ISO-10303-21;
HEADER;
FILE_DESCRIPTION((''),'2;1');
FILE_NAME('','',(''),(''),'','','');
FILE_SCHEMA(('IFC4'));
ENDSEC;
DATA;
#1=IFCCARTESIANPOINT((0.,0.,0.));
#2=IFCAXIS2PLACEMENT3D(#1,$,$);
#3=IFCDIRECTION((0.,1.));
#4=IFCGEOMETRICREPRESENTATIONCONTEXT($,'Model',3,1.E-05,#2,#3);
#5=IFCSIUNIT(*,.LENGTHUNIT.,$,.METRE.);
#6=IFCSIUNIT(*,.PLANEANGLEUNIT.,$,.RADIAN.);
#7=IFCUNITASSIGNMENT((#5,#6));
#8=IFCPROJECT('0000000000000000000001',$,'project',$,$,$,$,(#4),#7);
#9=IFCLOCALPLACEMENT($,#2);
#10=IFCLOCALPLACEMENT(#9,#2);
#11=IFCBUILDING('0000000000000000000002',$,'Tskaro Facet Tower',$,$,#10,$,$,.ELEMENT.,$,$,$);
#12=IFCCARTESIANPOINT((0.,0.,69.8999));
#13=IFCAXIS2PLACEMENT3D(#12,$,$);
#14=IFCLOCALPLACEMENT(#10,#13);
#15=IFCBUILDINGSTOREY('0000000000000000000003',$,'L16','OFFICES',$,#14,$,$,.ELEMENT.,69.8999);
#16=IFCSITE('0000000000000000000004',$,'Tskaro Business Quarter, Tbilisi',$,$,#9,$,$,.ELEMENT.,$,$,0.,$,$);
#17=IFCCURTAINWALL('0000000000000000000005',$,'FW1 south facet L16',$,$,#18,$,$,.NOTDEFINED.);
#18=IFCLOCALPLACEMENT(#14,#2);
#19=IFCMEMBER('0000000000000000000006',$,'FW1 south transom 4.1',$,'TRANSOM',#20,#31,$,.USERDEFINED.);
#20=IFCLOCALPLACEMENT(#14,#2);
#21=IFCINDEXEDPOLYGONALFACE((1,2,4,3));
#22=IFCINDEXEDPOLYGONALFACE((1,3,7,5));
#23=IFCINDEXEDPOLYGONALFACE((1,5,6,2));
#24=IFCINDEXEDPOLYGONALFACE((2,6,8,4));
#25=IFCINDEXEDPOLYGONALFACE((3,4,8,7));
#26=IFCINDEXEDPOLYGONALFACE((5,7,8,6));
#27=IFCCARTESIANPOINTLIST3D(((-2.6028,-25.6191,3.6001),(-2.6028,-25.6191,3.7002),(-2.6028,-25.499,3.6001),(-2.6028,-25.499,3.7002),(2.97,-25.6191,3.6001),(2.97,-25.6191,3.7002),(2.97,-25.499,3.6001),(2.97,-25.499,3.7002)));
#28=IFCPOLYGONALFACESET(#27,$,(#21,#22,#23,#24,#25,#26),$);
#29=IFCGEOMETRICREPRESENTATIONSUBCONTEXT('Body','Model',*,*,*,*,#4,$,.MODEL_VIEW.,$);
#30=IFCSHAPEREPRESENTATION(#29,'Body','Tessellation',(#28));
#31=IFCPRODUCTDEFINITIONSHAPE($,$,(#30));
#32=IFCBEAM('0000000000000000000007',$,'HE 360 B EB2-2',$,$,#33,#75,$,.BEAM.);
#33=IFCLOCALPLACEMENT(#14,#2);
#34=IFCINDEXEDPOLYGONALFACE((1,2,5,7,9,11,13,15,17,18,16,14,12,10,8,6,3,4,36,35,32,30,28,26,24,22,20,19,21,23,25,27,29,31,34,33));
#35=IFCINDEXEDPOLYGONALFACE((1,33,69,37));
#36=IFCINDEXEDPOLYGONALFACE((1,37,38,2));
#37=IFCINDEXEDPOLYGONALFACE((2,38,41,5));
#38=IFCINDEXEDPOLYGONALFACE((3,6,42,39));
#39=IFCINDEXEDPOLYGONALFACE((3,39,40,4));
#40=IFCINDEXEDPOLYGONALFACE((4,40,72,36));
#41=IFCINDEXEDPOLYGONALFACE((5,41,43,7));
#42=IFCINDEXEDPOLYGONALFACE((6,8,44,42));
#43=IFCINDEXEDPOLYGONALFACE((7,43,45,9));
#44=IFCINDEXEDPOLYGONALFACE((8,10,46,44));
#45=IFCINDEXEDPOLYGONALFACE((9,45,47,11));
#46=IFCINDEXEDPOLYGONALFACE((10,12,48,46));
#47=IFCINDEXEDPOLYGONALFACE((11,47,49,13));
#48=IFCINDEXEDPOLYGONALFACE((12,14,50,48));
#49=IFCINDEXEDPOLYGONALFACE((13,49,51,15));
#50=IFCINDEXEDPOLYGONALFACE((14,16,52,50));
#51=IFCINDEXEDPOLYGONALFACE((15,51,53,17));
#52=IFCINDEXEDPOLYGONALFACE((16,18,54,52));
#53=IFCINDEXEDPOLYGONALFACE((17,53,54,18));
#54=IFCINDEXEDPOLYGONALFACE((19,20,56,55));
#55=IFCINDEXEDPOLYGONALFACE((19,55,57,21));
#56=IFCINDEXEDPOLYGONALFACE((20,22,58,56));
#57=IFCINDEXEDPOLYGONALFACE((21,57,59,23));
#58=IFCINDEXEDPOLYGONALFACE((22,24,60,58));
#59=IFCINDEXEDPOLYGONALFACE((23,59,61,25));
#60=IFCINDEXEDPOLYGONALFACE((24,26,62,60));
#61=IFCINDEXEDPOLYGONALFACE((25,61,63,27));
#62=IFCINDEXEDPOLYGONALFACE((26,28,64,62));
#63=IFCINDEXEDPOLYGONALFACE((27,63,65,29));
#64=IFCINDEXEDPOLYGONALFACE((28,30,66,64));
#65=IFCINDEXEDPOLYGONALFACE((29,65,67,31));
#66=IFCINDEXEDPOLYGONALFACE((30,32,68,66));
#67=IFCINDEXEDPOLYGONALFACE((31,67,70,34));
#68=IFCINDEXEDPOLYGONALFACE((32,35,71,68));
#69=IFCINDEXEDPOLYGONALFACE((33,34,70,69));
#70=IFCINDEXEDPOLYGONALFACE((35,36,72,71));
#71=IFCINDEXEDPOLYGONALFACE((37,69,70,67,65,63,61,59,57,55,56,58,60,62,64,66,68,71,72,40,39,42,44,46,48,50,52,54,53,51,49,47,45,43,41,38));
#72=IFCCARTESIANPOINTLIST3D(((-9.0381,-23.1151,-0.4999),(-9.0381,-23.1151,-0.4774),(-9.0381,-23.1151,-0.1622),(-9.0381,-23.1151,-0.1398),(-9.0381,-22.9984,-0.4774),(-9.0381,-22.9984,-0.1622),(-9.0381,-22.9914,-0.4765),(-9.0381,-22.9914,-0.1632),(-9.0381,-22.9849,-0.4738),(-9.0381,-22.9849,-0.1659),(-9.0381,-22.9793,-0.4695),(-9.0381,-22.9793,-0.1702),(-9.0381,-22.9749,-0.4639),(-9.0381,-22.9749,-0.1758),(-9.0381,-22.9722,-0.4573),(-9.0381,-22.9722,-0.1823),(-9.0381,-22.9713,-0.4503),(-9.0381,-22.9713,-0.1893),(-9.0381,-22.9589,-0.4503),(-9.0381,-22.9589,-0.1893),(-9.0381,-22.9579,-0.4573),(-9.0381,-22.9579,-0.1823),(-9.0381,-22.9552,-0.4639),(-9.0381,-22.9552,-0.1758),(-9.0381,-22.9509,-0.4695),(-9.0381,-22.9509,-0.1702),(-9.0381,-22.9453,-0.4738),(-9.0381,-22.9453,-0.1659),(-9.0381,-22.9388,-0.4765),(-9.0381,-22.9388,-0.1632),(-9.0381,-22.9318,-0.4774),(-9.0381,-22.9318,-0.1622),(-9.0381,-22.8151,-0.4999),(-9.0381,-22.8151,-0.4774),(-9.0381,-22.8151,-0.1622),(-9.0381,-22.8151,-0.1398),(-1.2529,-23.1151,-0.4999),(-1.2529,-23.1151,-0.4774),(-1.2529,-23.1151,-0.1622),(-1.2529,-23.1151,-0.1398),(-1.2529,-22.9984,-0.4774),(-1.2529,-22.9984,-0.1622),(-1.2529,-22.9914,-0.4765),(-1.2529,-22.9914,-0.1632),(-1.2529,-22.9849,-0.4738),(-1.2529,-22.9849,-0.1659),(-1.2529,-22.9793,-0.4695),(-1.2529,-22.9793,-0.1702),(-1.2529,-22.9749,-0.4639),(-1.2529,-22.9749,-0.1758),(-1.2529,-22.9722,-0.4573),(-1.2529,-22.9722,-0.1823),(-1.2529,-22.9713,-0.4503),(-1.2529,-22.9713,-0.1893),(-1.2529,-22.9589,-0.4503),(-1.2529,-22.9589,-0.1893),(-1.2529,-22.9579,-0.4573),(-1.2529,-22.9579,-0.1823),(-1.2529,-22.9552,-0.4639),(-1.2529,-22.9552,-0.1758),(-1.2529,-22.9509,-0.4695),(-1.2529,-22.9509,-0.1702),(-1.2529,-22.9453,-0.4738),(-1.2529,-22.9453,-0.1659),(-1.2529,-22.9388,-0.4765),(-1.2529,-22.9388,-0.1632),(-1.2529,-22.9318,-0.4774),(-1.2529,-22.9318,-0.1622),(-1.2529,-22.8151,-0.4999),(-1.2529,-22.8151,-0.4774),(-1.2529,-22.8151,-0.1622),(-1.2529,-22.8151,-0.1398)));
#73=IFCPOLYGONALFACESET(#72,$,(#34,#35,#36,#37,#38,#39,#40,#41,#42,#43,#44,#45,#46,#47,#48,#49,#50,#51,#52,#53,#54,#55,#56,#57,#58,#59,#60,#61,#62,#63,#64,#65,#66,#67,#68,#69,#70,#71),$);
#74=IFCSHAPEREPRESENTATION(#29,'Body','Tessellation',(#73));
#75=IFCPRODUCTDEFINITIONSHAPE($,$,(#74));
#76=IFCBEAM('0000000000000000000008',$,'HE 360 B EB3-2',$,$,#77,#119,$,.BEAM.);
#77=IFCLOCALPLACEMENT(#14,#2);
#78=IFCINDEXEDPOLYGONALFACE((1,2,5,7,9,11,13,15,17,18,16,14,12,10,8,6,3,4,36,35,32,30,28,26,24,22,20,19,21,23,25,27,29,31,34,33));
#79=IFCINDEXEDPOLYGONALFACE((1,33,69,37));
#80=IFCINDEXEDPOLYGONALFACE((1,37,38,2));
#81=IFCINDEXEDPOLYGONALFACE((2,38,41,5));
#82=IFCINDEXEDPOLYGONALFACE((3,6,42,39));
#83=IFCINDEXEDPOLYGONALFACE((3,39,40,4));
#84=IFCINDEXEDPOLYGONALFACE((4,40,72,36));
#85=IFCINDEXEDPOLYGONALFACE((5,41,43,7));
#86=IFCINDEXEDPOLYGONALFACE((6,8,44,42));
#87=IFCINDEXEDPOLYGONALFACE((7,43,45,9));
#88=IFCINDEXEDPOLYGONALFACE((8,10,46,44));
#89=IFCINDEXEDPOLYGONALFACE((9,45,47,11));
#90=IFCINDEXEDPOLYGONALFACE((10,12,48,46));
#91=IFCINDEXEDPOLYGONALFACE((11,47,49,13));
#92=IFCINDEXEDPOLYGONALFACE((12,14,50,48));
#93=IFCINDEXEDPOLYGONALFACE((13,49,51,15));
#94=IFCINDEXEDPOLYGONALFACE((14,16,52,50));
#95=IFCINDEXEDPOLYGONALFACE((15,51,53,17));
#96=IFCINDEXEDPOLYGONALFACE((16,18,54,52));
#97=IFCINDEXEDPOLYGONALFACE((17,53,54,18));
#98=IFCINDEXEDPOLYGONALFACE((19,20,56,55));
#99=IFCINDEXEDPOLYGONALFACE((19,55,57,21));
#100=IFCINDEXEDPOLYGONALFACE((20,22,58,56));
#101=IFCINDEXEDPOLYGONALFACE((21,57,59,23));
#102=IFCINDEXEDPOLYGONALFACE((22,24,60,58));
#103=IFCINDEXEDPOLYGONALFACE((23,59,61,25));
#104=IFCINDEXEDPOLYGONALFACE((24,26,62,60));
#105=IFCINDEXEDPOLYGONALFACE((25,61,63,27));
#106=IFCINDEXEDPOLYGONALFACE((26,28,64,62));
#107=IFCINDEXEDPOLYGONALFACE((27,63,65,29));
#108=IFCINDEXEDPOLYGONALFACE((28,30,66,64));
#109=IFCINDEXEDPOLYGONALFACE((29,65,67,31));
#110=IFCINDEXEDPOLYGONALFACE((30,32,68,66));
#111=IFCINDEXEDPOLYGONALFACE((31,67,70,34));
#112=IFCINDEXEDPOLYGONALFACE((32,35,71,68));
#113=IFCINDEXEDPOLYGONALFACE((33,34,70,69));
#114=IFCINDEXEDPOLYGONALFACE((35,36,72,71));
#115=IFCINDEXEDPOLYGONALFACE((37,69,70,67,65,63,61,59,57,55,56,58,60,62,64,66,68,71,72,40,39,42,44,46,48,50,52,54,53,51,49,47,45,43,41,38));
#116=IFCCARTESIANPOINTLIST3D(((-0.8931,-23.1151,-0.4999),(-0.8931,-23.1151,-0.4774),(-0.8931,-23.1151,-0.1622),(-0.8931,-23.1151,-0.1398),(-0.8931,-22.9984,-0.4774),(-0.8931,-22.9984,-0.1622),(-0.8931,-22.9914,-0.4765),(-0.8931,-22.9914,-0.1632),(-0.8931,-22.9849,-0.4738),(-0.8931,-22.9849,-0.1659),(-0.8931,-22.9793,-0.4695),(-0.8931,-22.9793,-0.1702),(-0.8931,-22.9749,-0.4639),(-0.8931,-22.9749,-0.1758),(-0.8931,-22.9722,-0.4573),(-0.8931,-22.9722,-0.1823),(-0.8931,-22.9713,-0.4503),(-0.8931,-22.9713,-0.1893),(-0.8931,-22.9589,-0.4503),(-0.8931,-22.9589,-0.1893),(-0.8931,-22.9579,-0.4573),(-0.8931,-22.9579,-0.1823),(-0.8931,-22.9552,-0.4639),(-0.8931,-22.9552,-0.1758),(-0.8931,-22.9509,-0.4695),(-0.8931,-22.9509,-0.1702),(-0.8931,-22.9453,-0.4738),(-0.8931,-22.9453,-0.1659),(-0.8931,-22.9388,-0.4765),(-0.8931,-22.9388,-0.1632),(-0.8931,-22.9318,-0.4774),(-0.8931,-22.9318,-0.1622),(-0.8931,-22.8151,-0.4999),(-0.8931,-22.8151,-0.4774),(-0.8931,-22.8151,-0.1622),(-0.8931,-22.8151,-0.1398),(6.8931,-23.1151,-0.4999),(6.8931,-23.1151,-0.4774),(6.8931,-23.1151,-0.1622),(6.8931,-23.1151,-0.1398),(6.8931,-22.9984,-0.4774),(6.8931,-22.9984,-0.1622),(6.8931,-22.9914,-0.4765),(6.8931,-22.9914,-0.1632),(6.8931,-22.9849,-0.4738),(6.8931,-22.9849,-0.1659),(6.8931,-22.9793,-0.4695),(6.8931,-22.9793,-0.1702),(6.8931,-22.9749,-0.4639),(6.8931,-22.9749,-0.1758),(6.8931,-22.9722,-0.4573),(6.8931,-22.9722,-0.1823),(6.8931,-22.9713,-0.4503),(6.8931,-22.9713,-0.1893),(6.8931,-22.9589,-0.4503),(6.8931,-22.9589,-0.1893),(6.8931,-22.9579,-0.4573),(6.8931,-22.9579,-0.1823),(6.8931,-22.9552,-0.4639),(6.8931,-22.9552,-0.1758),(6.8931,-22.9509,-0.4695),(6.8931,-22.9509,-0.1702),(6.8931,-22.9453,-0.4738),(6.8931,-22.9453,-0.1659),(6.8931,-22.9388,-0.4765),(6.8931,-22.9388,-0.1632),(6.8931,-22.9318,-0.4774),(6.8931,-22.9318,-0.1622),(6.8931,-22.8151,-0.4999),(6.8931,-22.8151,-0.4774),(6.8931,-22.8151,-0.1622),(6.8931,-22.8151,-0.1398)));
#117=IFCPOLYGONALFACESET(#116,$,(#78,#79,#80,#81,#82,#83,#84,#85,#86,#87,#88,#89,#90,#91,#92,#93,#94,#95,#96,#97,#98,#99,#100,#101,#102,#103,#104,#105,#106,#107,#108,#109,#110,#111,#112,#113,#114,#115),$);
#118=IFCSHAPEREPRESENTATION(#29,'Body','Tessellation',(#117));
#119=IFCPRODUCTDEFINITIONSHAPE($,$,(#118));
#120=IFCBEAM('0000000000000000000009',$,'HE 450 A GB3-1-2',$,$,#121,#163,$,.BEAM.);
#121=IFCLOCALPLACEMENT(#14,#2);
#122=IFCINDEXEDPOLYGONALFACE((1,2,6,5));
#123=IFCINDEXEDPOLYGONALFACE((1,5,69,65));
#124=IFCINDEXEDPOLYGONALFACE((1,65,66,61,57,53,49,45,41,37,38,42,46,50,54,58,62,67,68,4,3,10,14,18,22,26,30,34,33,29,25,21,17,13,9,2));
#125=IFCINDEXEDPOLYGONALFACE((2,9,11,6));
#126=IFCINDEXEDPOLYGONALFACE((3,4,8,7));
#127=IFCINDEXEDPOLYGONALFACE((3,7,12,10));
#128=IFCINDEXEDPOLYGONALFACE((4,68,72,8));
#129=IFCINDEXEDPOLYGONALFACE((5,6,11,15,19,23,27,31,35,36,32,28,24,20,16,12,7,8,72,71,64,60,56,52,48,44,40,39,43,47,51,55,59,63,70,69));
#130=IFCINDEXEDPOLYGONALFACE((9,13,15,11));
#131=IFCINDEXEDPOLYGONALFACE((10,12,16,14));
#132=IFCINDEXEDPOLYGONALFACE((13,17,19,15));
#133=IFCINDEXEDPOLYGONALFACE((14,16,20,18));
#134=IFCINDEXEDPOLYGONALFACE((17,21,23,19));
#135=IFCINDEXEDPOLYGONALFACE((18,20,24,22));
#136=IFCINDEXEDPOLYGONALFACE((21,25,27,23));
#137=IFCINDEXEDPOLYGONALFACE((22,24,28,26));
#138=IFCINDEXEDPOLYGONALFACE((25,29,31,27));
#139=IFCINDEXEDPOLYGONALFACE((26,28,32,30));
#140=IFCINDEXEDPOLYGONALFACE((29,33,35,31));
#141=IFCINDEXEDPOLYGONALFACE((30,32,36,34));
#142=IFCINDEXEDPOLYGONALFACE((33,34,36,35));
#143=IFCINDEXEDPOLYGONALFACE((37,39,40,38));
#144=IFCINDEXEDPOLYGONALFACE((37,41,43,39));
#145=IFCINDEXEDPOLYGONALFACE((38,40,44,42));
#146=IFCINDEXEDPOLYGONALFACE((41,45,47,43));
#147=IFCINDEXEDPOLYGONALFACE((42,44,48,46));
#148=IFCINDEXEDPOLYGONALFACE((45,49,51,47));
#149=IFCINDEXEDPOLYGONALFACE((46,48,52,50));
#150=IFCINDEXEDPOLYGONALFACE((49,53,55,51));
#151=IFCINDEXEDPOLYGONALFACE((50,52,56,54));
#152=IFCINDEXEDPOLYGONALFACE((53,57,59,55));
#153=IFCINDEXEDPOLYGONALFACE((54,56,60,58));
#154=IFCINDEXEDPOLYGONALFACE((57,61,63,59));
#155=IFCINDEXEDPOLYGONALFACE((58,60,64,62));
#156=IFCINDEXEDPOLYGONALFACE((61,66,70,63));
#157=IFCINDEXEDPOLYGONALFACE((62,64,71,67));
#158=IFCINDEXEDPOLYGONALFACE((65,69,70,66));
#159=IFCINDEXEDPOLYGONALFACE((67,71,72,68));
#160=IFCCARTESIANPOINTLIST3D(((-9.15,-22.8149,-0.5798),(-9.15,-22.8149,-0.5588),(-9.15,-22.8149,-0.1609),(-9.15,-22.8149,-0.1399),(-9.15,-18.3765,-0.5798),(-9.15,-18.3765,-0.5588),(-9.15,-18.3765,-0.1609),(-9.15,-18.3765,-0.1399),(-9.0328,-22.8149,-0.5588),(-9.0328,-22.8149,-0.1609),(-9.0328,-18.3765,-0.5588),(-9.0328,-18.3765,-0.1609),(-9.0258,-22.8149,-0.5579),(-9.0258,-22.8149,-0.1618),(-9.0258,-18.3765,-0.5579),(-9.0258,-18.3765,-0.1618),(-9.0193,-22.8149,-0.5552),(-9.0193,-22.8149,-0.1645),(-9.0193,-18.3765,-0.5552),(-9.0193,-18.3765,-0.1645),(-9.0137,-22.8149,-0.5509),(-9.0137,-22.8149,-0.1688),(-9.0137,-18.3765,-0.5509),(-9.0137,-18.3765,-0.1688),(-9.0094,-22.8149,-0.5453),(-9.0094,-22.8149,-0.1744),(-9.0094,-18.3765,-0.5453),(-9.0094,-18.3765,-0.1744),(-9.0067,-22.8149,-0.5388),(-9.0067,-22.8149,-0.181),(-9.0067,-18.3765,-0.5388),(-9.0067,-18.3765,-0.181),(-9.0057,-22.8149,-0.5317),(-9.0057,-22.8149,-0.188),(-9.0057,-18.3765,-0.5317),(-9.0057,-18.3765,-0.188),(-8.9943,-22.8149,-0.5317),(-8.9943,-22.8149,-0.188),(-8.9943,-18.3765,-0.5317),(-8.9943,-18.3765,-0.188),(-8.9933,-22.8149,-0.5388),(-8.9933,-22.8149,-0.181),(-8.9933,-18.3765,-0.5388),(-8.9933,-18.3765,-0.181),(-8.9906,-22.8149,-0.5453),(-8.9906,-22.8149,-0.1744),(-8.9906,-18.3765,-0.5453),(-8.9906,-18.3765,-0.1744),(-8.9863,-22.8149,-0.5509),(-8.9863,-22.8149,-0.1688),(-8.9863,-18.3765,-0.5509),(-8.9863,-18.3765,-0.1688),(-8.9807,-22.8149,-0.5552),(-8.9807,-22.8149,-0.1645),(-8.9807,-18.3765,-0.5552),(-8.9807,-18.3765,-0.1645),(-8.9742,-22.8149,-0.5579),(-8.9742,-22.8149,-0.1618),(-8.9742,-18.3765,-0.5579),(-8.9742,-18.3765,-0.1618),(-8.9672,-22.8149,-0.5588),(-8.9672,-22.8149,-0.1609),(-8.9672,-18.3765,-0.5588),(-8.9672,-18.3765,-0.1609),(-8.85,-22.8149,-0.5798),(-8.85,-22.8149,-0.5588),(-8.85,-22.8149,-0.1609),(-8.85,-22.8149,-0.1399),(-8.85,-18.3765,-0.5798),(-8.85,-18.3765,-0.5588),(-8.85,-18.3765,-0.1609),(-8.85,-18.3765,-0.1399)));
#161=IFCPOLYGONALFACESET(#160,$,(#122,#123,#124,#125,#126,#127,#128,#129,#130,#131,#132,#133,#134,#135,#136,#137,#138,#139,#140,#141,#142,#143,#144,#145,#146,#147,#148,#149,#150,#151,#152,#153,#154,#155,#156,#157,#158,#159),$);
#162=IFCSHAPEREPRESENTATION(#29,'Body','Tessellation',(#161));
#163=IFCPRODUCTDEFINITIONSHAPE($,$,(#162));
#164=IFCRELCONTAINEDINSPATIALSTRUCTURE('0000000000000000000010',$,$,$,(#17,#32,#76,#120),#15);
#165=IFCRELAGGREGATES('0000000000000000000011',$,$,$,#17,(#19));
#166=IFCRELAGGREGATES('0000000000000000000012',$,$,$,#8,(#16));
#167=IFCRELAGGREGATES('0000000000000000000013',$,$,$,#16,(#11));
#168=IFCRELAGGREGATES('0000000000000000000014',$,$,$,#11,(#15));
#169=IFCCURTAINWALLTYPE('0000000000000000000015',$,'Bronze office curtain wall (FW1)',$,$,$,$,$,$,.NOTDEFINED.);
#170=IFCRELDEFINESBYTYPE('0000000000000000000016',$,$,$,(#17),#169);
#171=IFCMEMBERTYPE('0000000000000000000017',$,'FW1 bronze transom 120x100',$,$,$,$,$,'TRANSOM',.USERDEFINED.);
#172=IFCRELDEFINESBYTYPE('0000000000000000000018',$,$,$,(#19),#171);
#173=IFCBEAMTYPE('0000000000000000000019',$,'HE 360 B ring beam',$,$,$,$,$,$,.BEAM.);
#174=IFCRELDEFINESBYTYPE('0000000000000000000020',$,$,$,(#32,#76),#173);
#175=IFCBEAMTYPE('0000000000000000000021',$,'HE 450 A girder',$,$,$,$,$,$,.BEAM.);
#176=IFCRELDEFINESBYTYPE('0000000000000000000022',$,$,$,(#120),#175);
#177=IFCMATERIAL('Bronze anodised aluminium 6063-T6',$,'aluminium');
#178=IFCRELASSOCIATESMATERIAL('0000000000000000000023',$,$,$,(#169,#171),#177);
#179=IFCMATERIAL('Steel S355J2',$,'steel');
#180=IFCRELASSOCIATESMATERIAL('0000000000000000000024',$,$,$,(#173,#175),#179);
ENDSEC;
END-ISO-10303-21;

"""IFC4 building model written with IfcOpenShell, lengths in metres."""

from ifc_helpers import new_model, si_unit, direction, frame, origin, origin_2d, place, context, subcontext, project, spatial, rectangle, i_section, extrude, material, material_profile, profile_set, type_object, element, aggregate, save


model = new_model("IFC4")

# Units and contexts
model_context = context("Model", 3, precision=1e-05, world=origin(), true_north=direction((0.0, 1.0)))
body_context = subcontext(model_context, "Body", "Model", "MODEL_VIEW")
ifc_project = project(units=[si_unit("LENGTHUNIT", "METRE"), si_unit("PLANEANGLEUNIT", "RADIAN")], contexts=[model_context])

# Site, building, storey
site_placement = place(None, origin())
site = spatial("IfcSite", under=ifc_project, at=site_placement, Name="Tskaro Business Quarter, Tbilisi", CompositionType="ELEMENT", RefElevation=0.0)
building_placement = place(site_placement, origin())
building = spatial("IfcBuilding", under=site, at=building_placement, Name="Tskaro Facet Tower", CompositionType="ELEMENT")
storey_placement = place(building_placement, frame((0.0, 0.0, 69.8999)))
storey = spatial("IfcBuildingStorey", under=building, at=storey_placement, Name="L16", Description="OFFICES", CompositionType="ELEMENT", Elevation=69.8999)

# Curtain wall, member
ifc_material_1 = material(Name="Bronze anodised aluminium 6063-T6", Category="aluminium")
curtain_wall_type = type_object("IfcCurtainWallType", Name="Bronze office curtain wall (FW1)", PredefinedType="NOTDEFINED", material=ifc_material_1)
curtain_wall_placement = place(storey_placement, origin())
curtain_wall = element("IfcCurtainWall", 1, at=curtain_wall_placement, inside=storey, type_object=curtain_wall_type, Name="FW1 south facet L16", PredefinedType="NOTDEFINED")
ifc_material_profile_1 = material_profile(ifc_material_1, rectangle(XDim=0.1201, YDim=0.1001, at=origin_2d()), Name="Transom 120x100")
ifc_profile_set_1 = profile_set([ifc_material_profile_1], Name="Bronze anodised aluminium 6063-T6")
member_type_1 = type_object("IfcMemberType", Name="FW1 bronze transom 120x100", ElementType="TRANSOM", PredefinedType="USERDEFINED", material=ifc_profile_set_1)
member_1_placement = place(storey_placement, frame((-2.6028, -25.5591, 3.6501), z_axis=(1.0, 0.0, 0.0), x_axis=(0.0, 1.0, 0.0)))
member_1 = element("IfcMember", 2, at=member_1_placement, type_object=member_type_1, Name="FW1 south transom 4.1", ObjectType="TRANSOM", PredefinedType="USERDEFINED", context=body_context, shape_type="SweptSolid", body=[
    extrude(rectangle(XDim=0.1201, YDim=0.1001, at=origin_2d()), origin(), (0.0, 0.0, 1.0), 5.5728),
])

# Beams
ifc_material_2 = material(Name="Steel S355J2", Category="steel")
ifc_material_profile_2 = material_profile(ifc_material_2, i_section(OverallWidth=0.3, OverallDepth=0.3601, WebThickness=0.0125, FlangeThickness=0.0225, FilletRadius=0.0271, at=origin_2d()), Name="HE 360 B")
ifc_profile_set_2 = profile_set([ifc_material_profile_2], Name="Steel S355J2")
beam_type_1 = type_object("IfcBeamType", Name="HE 360 B ring beam", PredefinedType="BEAM", material=ifc_profile_set_2)
beam_1_placement = place(storey_placement, frame((-9.0381, -22.9651, -0.3198), z_axis=(1.0, 0.0, 0.0), x_axis=(0.0, 1.0, 0.0)))
element("IfcBeam", 3, at=beam_1_placement, inside=storey, type_object=beam_type_1, Name="HE 360 B EB2-2", PredefinedType="BEAM", context=body_context, shape_type="SweptSolid", body=[
    extrude(i_section(OverallWidth=0.3, OverallDepth=0.3601, WebThickness=0.0125, FlangeThickness=0.0225, FilletRadius=0.0271, at=origin_2d()), origin(), (0.0, 0.0, 1.0), 7.7852),
])
beam_2_placement = place(storey_placement, frame((-0.8931, -22.9651, -0.3198), z_axis=(1.0, 0.0, 0.0), x_axis=(0.0, 1.0, 0.0)))
element("IfcBeam", 4, at=beam_2_placement, inside=storey, type_object=beam_type_1, Name="HE 360 B EB3-2", PredefinedType="BEAM", context=body_context, shape_type="SweptSolid", body=[
    extrude(i_section(OverallWidth=0.3, OverallDepth=0.3601, WebThickness=0.0125, FlangeThickness=0.0225, FilletRadius=0.0271, at=origin_2d()), origin(), (0.0, 0.0, 1.0), 7.7861),
])
ifc_material_profile_3 = material_profile(ifc_material_2, i_section(OverallWidth=0.3, OverallDepth=0.4399, WebThickness=0.0115, FlangeThickness=0.021, FilletRadius=0.0271, at=origin_2d()), Name="HE 450 A")
ifc_profile_set_3 = profile_set([ifc_material_profile_3], Name="Steel S355J2")
beam_type_2 = type_object("IfcBeamType", Name="HE 450 A girder", PredefinedType="BEAM", material=ifc_profile_set_3)
beam_3_placement = place(storey_placement, frame((-9.0, -22.8149, -0.3599), z_axis=(0.0, 1.0, 0.0), x_axis=(-1.0, 0.0, 0.0)))
element("IfcBeam", 5, at=beam_3_placement, inside=storey, type_object=beam_type_2, Name="HE 450 A GB3-1-2", PredefinedType="BEAM", context=body_context, shape_type="SweptSolid", body=[
    extrude(i_section(OverallWidth=0.3, OverallDepth=0.4399, WebThickness=0.0115, FlangeThickness=0.021, FilletRadius=0.0271, at=origin_2d()), origin(), (0.0, 0.0, 1.0), 4.4385),
])

aggregate(curtain_wall, [member_1])

save(model, "model.ifc")
